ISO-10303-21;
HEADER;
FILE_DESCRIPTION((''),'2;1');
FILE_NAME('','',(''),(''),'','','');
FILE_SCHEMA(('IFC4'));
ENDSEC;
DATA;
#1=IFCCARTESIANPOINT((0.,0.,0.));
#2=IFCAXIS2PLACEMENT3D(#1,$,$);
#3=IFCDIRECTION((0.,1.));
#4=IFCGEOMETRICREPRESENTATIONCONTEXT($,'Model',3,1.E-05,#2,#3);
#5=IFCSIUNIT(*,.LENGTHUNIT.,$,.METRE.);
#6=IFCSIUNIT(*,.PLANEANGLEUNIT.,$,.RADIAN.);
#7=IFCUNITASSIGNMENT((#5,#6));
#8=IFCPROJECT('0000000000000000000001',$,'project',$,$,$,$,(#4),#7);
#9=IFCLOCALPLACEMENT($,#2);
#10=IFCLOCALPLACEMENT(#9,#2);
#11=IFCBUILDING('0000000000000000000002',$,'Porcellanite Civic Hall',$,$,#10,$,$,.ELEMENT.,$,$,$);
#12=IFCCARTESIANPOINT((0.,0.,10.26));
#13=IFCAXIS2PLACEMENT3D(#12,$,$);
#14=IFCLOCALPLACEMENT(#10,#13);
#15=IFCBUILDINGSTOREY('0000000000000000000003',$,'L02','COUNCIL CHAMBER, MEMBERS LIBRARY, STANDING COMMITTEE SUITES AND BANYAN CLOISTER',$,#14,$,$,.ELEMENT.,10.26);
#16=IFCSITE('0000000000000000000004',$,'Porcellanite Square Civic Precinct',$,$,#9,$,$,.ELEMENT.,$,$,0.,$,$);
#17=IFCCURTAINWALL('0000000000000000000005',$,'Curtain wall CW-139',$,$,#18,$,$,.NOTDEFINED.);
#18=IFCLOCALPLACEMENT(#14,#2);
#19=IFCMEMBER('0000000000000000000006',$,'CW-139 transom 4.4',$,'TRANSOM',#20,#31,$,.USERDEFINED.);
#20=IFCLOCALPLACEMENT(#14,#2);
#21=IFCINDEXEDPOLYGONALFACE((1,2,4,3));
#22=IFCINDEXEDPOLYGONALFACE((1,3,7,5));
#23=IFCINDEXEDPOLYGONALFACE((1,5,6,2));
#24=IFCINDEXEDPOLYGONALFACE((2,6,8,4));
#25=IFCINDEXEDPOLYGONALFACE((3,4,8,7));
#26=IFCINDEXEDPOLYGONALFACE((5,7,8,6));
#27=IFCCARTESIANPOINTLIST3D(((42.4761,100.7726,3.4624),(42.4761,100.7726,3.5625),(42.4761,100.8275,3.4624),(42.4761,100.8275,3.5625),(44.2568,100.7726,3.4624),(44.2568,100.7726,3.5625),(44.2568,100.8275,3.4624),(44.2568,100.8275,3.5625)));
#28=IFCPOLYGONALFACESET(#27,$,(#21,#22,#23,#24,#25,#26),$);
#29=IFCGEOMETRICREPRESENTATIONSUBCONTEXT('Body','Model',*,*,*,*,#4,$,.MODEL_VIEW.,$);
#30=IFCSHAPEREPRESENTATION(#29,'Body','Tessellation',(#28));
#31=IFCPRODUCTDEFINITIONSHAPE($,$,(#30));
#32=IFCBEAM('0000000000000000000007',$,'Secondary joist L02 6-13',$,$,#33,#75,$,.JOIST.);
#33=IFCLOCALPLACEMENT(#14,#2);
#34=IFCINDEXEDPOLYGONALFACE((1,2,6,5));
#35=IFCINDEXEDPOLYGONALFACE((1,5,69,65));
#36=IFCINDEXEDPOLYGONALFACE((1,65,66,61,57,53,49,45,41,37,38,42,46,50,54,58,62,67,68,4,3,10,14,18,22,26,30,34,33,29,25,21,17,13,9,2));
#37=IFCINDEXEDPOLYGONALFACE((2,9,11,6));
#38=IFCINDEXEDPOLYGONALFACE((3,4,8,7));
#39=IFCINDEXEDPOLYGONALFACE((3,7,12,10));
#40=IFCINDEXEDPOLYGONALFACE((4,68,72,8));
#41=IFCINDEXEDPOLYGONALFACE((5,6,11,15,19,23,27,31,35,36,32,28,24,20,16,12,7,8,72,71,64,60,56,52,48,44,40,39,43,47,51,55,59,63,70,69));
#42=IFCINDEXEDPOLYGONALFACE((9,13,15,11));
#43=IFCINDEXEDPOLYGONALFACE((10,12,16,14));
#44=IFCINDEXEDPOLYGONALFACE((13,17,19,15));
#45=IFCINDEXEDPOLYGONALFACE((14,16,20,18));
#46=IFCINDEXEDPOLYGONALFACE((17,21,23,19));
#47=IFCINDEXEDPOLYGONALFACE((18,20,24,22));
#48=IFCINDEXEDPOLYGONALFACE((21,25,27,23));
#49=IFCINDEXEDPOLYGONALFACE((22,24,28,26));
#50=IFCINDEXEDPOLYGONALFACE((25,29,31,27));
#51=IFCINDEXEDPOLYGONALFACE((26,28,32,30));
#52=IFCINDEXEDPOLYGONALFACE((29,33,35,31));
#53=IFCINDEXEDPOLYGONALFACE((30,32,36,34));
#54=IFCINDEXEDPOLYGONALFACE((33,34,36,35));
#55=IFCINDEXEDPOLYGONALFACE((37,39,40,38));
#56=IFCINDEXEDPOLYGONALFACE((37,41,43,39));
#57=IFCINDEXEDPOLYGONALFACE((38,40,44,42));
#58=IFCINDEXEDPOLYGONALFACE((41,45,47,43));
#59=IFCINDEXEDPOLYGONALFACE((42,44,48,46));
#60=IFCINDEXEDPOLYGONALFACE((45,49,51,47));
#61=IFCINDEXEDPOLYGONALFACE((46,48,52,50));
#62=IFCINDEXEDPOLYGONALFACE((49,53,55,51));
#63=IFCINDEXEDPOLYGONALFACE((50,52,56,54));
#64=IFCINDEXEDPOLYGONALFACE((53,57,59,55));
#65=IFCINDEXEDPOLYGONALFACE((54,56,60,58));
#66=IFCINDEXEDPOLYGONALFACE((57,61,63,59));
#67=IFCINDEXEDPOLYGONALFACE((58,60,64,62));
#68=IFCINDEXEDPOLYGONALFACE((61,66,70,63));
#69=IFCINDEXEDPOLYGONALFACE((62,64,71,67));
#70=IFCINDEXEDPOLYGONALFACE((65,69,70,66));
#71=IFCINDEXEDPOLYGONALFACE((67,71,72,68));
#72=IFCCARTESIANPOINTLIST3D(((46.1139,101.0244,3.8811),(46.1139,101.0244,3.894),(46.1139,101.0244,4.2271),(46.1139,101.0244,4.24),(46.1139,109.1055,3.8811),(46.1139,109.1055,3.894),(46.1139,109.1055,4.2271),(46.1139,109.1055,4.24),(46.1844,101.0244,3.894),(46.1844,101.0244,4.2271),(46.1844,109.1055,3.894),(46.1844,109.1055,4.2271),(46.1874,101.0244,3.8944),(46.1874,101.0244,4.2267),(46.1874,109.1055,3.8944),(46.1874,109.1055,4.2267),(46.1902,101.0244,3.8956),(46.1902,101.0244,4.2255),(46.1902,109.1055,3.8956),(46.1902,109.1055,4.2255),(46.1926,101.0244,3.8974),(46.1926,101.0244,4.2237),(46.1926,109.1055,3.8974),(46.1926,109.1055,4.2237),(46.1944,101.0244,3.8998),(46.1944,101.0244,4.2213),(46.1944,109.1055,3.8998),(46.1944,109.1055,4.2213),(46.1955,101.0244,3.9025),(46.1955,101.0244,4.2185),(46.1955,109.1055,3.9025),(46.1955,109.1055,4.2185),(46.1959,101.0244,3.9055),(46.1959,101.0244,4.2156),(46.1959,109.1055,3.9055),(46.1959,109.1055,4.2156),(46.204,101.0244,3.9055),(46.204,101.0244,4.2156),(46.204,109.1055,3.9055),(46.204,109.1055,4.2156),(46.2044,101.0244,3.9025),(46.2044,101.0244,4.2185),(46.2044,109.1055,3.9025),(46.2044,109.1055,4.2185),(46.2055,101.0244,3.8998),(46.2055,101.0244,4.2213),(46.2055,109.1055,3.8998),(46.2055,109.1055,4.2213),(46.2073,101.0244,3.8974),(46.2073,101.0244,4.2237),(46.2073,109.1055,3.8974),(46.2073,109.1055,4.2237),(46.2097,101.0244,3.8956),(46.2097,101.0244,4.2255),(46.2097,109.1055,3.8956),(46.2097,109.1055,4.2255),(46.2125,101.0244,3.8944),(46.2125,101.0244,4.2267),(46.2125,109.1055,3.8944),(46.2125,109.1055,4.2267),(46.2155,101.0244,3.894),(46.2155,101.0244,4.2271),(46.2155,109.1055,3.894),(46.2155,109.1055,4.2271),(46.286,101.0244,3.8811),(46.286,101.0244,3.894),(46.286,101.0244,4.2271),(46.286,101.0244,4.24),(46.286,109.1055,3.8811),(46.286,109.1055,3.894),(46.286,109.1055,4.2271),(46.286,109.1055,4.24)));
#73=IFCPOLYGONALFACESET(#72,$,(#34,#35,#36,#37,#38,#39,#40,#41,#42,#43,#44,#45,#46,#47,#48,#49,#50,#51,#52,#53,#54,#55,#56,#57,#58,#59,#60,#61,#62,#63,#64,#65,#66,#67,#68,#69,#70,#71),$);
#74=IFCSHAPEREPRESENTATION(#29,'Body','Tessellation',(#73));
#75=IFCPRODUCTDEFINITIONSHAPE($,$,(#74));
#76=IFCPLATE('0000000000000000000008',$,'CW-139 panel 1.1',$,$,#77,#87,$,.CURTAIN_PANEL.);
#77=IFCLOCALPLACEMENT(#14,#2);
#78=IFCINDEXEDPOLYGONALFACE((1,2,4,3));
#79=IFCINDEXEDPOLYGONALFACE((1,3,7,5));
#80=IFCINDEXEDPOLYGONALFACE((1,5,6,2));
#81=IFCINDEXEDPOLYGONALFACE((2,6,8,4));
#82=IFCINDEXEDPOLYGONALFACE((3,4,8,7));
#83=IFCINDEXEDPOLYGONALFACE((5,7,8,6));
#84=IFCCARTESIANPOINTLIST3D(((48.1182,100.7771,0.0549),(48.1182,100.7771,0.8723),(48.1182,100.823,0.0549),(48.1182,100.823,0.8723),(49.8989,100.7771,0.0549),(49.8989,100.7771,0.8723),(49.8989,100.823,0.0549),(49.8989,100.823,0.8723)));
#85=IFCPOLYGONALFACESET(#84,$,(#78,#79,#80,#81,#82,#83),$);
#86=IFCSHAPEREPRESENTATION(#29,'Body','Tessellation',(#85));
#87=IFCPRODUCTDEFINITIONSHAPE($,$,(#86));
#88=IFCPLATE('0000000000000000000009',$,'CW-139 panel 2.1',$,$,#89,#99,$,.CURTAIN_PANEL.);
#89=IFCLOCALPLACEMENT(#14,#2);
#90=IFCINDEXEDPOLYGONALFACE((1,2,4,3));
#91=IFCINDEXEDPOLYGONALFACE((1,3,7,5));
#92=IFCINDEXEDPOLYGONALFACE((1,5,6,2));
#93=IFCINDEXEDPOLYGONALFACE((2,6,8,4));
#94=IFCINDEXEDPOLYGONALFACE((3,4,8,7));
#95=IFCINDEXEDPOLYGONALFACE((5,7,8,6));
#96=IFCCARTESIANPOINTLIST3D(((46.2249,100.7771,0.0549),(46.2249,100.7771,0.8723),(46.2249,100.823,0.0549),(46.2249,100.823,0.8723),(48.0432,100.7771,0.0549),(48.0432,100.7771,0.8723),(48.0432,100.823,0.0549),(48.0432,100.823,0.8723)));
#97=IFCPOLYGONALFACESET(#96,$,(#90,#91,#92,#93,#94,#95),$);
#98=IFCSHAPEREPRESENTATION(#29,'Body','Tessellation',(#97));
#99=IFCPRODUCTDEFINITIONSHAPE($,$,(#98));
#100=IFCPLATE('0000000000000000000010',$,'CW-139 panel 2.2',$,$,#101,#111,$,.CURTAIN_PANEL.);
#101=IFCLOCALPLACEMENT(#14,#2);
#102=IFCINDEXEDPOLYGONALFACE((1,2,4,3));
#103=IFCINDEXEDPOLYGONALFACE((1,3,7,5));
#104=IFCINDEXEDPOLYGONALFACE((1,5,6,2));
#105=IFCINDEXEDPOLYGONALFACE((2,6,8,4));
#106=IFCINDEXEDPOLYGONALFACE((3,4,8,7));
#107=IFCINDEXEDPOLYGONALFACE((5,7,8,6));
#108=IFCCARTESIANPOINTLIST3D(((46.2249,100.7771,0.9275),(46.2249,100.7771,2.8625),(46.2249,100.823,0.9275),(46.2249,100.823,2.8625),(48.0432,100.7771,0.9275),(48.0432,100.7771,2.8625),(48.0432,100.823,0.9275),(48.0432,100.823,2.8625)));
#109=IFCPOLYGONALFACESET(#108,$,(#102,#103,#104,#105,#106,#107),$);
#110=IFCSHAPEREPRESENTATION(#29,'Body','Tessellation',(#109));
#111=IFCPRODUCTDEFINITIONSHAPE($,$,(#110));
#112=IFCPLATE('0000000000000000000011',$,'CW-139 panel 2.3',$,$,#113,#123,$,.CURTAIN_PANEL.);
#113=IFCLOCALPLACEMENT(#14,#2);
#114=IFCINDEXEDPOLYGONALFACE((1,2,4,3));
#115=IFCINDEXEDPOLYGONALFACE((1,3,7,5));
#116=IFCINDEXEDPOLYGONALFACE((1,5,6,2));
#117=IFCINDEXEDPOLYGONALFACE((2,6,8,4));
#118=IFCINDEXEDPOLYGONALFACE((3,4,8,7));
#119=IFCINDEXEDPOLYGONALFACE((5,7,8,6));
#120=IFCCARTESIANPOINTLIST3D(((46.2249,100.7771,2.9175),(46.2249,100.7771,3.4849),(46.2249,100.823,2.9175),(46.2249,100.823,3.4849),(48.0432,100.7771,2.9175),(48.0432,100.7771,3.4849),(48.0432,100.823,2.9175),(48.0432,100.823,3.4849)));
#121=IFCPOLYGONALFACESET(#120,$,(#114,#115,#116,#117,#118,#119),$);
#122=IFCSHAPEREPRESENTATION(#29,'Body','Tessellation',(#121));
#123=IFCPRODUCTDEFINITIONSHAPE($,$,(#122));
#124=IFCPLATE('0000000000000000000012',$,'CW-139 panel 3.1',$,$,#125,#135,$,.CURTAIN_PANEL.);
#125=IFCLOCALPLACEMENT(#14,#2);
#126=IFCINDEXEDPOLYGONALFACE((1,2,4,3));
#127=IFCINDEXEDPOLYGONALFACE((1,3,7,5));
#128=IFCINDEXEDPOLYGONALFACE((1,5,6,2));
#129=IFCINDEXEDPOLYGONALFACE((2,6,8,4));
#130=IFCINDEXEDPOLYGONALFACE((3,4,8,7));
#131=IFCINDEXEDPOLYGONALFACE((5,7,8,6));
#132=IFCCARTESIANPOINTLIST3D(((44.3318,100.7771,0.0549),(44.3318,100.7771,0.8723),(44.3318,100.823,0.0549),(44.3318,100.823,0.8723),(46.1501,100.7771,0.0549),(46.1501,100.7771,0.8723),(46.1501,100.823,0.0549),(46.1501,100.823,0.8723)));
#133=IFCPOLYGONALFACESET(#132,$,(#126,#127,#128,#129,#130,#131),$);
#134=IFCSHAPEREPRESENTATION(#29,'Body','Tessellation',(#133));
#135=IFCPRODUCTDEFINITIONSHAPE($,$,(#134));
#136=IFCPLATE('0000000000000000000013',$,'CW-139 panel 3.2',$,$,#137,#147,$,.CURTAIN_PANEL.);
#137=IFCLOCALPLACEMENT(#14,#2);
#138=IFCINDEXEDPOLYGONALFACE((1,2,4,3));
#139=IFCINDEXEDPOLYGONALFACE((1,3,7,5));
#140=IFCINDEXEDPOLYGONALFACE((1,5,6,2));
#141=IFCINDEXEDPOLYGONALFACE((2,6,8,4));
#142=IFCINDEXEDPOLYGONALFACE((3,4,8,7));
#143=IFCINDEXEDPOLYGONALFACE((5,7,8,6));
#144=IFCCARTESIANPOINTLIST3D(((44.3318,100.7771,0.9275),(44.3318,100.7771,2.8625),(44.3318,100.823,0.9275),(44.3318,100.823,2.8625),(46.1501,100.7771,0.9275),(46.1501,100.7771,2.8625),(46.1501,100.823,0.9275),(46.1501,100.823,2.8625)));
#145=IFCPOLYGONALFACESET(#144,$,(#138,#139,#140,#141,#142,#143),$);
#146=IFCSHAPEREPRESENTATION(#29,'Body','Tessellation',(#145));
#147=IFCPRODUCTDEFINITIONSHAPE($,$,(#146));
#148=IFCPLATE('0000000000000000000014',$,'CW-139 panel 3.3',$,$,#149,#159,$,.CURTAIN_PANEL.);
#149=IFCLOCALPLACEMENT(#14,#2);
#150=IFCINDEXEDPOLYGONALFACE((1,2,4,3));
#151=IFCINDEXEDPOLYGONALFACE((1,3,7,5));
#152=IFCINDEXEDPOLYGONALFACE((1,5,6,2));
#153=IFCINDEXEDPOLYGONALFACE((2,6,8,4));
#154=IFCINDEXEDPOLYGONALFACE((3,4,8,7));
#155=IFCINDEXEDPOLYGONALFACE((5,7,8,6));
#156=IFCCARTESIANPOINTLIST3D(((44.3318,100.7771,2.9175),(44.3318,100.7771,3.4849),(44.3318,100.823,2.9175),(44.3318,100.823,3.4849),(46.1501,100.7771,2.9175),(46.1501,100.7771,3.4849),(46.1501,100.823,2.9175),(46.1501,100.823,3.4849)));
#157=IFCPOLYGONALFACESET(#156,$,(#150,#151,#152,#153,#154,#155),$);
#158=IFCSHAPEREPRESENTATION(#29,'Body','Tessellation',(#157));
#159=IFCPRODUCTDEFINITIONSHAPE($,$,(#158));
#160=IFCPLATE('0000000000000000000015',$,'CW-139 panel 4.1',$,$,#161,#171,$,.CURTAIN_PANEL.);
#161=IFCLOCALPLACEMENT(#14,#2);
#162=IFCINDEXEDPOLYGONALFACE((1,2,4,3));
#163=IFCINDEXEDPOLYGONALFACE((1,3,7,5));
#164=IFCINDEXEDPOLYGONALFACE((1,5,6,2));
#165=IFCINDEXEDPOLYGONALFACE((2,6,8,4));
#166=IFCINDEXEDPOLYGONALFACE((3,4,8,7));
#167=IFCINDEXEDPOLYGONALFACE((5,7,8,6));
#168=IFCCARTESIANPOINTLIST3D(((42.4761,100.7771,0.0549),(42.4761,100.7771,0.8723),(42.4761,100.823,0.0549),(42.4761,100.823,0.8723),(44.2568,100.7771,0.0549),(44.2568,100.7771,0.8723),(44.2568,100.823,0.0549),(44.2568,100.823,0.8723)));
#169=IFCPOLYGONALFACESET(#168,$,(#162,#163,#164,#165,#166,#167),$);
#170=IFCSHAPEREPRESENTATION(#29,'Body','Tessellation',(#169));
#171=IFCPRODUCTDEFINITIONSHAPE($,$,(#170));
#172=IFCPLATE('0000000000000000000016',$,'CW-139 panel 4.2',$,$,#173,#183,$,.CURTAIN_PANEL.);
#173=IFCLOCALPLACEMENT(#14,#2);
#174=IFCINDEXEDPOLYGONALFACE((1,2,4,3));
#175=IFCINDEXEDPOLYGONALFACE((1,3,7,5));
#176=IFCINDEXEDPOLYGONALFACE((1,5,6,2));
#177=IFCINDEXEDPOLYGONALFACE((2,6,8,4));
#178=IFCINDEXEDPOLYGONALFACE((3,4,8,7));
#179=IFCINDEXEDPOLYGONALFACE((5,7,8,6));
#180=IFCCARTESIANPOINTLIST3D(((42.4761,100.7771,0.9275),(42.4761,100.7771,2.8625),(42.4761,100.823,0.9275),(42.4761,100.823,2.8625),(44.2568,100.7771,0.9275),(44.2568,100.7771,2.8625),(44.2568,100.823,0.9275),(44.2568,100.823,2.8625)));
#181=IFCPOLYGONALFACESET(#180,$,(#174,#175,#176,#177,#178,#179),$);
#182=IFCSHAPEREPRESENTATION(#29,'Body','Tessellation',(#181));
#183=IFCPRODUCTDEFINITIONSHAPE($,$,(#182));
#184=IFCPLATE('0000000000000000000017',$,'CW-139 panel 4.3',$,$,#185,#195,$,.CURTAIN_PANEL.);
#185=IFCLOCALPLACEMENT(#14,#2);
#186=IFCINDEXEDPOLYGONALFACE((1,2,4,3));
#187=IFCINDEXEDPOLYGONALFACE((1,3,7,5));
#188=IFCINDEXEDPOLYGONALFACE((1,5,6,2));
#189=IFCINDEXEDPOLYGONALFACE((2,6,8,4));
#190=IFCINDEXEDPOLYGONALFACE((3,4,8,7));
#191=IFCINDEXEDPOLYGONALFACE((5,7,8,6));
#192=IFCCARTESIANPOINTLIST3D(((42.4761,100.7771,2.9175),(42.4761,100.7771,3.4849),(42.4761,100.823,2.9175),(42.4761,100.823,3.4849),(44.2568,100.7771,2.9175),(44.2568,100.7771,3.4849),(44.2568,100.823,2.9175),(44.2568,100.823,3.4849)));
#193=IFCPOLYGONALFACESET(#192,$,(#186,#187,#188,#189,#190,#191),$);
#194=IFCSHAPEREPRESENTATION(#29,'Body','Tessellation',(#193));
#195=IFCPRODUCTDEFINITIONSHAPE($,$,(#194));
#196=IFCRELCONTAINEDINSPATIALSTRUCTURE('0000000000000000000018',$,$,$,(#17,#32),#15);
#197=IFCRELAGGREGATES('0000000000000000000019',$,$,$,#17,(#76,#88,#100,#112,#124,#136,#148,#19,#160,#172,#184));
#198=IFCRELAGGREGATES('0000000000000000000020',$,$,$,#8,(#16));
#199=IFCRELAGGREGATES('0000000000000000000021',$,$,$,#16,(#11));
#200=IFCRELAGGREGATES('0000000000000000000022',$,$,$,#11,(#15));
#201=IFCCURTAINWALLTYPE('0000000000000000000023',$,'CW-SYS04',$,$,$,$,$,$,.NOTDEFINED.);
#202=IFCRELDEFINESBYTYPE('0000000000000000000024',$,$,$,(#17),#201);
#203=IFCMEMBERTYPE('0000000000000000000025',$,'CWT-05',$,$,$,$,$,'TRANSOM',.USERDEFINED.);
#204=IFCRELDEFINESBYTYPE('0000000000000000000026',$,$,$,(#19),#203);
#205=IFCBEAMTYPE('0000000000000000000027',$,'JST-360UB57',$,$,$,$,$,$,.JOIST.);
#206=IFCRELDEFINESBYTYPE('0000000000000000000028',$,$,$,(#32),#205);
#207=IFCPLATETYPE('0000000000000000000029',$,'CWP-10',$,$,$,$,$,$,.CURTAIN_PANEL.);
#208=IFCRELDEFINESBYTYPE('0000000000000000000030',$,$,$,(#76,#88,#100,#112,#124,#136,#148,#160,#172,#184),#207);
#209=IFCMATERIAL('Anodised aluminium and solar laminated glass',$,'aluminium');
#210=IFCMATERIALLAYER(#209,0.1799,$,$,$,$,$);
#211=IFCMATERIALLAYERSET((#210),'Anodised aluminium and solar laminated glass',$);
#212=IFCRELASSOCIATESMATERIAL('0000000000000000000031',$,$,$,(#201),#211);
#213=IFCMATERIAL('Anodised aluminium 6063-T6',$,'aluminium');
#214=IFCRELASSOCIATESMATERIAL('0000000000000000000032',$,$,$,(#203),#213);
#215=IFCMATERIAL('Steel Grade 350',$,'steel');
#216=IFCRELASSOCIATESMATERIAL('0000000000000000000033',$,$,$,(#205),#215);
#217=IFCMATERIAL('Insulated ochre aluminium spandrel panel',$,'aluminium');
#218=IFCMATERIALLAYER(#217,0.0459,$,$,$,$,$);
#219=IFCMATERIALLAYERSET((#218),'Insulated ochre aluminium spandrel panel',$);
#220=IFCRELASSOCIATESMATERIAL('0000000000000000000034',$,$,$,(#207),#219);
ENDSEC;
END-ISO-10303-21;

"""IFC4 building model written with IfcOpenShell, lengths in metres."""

from ifc_helpers import new_model, si_unit, direction, frame, origin, origin_2d, place, context, subcontext, project, spatial, rectangle, i_section, extrude, material, layer, layer_set, material_profile, profile_set, type_object, element, aggregate, save


model = new_model("IFC4")

# Units and contexts
model_context = context("Model", 3, precision=1e-05, world=origin(), true_north=direction((0.0, 1.0)))
body_context = subcontext(model_context, "Body", "Model", "MODEL_VIEW")
ifc_project = project(units=[si_unit("LENGTHUNIT", "METRE"), si_unit("PLANEANGLEUNIT", "RADIAN")], contexts=[model_context])

# Site, building, storey
site_placement = place(None, origin())
site = spatial("IfcSite", under=ifc_project, at=site_placement, Name="Porcellanite Square Civic Precinct", CompositionType="ELEMENT", RefElevation=0.0)
building_placement = place(site_placement, origin())
building = spatial("IfcBuilding", under=site, at=building_placement, Name="Porcellanite Civic Hall", CompositionType="ELEMENT")
storey_placement = place(building_placement, frame((0.0, 0.0, 10.26)))
storey = spatial("IfcBuildingStorey", under=building, at=storey_placement, Name="L02", Description="COUNCIL CHAMBER, MEMBERS LIBRARY, STANDING COMMITTEE SUITES AND BANYAN CLOISTER", CompositionType="ELEMENT", Elevation=10.26)

# Curtain wall, member
ifc_material_1 = material(Name="Anodised aluminium and solar laminated glass", Category="aluminium")
ifc_layer_1 = layer(ifc_material_1, 0.1799)
ifc_layer_set_1 = layer_set([ifc_layer_1], Name="Anodised aluminium and solar laminated glass")
curtain_wall_type = type_object("IfcCurtainWallType", Name="CW-SYS04", PredefinedType="NOTDEFINED", material=ifc_layer_set_1)
curtain_wall_placement = place(storey_placement, origin())
curtain_wall = element("IfcCurtainWall", 1, at=curtain_wall_placement, inside=storey, type_object=curtain_wall_type, Name="Curtain wall CW-139", PredefinedType="NOTDEFINED")
ifc_material_2 = material(Name="Anodised aluminium 6063-T6", Category="aluminium")
ifc_material_profile_1 = material_profile(ifc_material_2, rectangle(XDim=0.0549, YDim=0.1001, at=origin_2d()), Name="AL-55x100")
ifc_profile_set_1 = profile_set([ifc_material_profile_1], Name="Anodised aluminium 6063-T6")
member_type_1 = type_object("IfcMemberType", Name="CWT-05", ElementType="TRANSOM", PredefinedType="USERDEFINED", material=ifc_profile_set_1)
member_1_placement = place(storey_placement, frame((44.2568, 100.8, 3.5125), z_axis=(-1.0, 0.0, 0.0), x_axis=(0.0, -1.0, 0.0)))
member_1 = element("IfcMember", 2, at=member_1_placement, type_object=member_type_1, Name="CW-139 transom 4.4", ObjectType="TRANSOM", PredefinedType="USERDEFINED", context=body_context, shape_type="SweptSolid", body=[
    extrude(rectangle(XDim=0.0549, YDim=0.1001, at=origin_2d()), origin(), (0.0, 0.0, 1.0), 1.7808),
])

# Beam
ifc_material_3 = material(Name="Steel Grade 350", Category="steel")
ifc_material_profile_2 = material_profile(ifc_material_3, i_section(OverallWidth=0.1721, OverallDepth=0.3589, WebThickness=0.0081, FlangeThickness=0.0129, FilletRadius=0.0115, at=origin_2d()), Name="360UB56.7")
ifc_profile_set_2 = profile_set([ifc_material_profile_2], Name="Steel Grade 350")
beam_type = type_object("IfcBeamType", Name="JST-360UB57", PredefinedType="JOIST", material=ifc_profile_set_2)
beam_placement = place(storey_placement, frame((46.2, 101.0244, 4.0605), z_axis=(0.0, 1.0, 0.0), x_axis=(-1.0, 0.0, 0.0)))
element("IfcBeam", 3, at=beam_placement, inside=storey, type_object=beam_type, Name="Secondary joist L02 6-13", PredefinedType="JOIST", context=body_context, shape_type="SweptSolid", body=[
    extrude(i_section(OverallWidth=0.1721, OverallDepth=0.3589, WebThickness=0.0081, FlangeThickness=0.0129, FilletRadius=0.0115, at=origin_2d()), origin(), (0.0, 0.0, 1.0), 8.0811),
])

# Plates
ifc_material_4 = material(Name="Insulated ochre aluminium spandrel panel", Category="aluminium")
ifc_layer_2 = layer(ifc_material_4, 0.0459)
ifc_layer_set_2 = layer_set([ifc_layer_2], Name="Insulated ochre aluminium spandrel panel")
plate_type = type_object("IfcPlateType", Name="CWP-10", PredefinedType="CURTAIN_PANEL", material=ifc_layer_set_2)
plate_1_placement = place(storey_placement, frame((49.0085, 100.8, 0.0549), z_axis=(0.0, 0.0, 1.0), x_axis=(-1.0, 0.0, 0.0)))
plate_1 = element("IfcPlate", 4, at=plate_1_placement, type_object=plate_type, Name="CW-139 panel 1.1", PredefinedType="CURTAIN_PANEL", context=body_context, shape_type="SweptSolid", body=[
    extrude(rectangle(XDim=1.7808, YDim=0.0459, at=origin_2d()), origin(), (0.0, 0.0, 1.0), 0.8174),
])
plate_2_placement = place(storey_placement, frame((47.134, 100.8, 0.0549), z_axis=(0.0, 0.0, 1.0), x_axis=(-1.0, 0.0, 0.0)))
plate_2 = element("IfcPlate", 5, at=plate_2_placement, type_object=plate_type, Name="CW-139 panel 2.1", PredefinedType="CURTAIN_PANEL", context=body_context, shape_type="SweptSolid", body=[
    extrude(rectangle(XDim=1.8184, YDim=0.0459, at=origin_2d()), origin(), (0.0, 0.0, 1.0), 0.8174),
])
plate_3_placement = place(storey_placement, frame((47.134, 100.8, 0.9275), z_axis=(0.0, 0.0, 1.0), x_axis=(-1.0, 0.0, 0.0)))
plate_3 = element("IfcPlate", 6, at=plate_3_placement, type_object=plate_type, Name="CW-139 panel 2.2", PredefinedType="CURTAIN_PANEL", context=body_context, shape_type="SweptSolid", body=[
    extrude(rectangle(XDim=1.8184, YDim=0.0459, at=origin_2d()), origin(), (0.0, 0.0, 1.0), 1.9351),
])
plate_4_placement = place(storey_placement, frame((47.134, 100.8, 2.9175), z_axis=(0.0, 0.0, 1.0), x_axis=(-1.0, 0.0, 0.0)))
plate_4 = element("IfcPlate", 7, at=plate_4_placement, type_object=plate_type, Name="CW-139 panel 2.3", PredefinedType="CURTAIN_PANEL", context=body_context, shape_type="SweptSolid", body=[
    extrude(rectangle(XDim=1.8184, YDim=0.0459, at=origin_2d()), origin(), (0.0, 0.0, 1.0), 0.5674),
])
plate_5_placement = place(storey_placement, frame((45.241, 100.8, 0.0549), z_axis=(0.0, 0.0, 1.0), x_axis=(-1.0, 0.0, 0.0)))
plate_5 = element("IfcPlate", 8, at=plate_5_placement, type_object=plate_type, Name="CW-139 panel 3.1", PredefinedType="CURTAIN_PANEL", context=body_context, shape_type="SweptSolid", body=[
    extrude(rectangle(XDim=1.8184, YDim=0.0459, at=origin_2d()), origin(), (0.0, 0.0, 1.0), 0.8174),
])
plate_6_placement = place(storey_placement, frame((45.241, 100.8, 0.9275), z_axis=(0.0, 0.0, 1.0), x_axis=(-1.0, 0.0, 0.0)))
plate_6 = element("IfcPlate", 9, at=plate_6_placement, type_object=plate_type, Name="CW-139 panel 3.2", PredefinedType="CURTAIN_PANEL", context=body_context, shape_type="SweptSolid", body=[
    extrude(rectangle(XDim=1.8184, YDim=0.0459, at=origin_2d()), origin(), (0.0, 0.0, 1.0), 1.9351),
])
plate_7_placement = place(storey_placement, frame((45.241, 100.8, 2.9175), z_axis=(0.0, 0.0, 1.0), x_axis=(-1.0, 0.0, 0.0)))
plate_7 = element("IfcPlate", 10, at=plate_7_placement, type_object=plate_type, Name="CW-139 panel 3.3", PredefinedType="CURTAIN_PANEL", context=body_context, shape_type="SweptSolid", body=[
    extrude(rectangle(XDim=1.8184, YDim=0.0459, at=origin_2d()), origin(), (0.0, 0.0, 1.0), 0.5674),
])
plate_8_placement = place(storey_placement, frame((43.3665, 100.8, 0.0549), z_axis=(0.0, 0.0, 1.0), x_axis=(-1.0, 0.0, 0.0)))
plate_8 = element("IfcPlate", 11, at=plate_8_placement, type_object=plate_type, Name="CW-139 panel 4.1", PredefinedType="CURTAIN_PANEL", context=body_context, shape_type="SweptSolid", body=[
    extrude(rectangle(XDim=1.7808, YDim=0.0459, at=origin_2d()), origin(), (0.0, 0.0, 1.0), 0.8174),
])
plate_9_placement = place(storey_placement, frame((43.3665, 100.8, 0.9275), z_axis=(0.0, 0.0, 1.0), x_axis=(-1.0, 0.0, 0.0)))
plate_9 = element("IfcPlate", 12, at=plate_9_placement, type_object=plate_type, Name="CW-139 panel 4.2", PredefinedType="CURTAIN_PANEL", context=body_context, shape_type="SweptSolid", body=[
    extrude(rectangle(XDim=1.7808, YDim=0.0459, at=origin_2d()), origin(), (0.0, 0.0, 1.0), 1.9351),
])
plate_10_placement = place(storey_placement, frame((43.3665, 100.8, 2.9175), z_axis=(0.0, 0.0, 1.0), x_axis=(-1.0, 0.0, 0.0)))
plate_10 = element("IfcPlate", 13, at=plate_10_placement, type_object=plate_type, Name="CW-139 panel 4.3", PredefinedType="CURTAIN_PANEL", context=body_context, shape_type="SweptSolid", body=[
    extrude(rectangle(XDim=1.7808, YDim=0.0459, at=origin_2d()), origin(), (0.0, 0.0, 1.0), 0.5674),
])
aggregate(curtain_wall, [plate_1, plate_2, plate_3, plate_4, plate_5, plate_6, plate_7, member_1, plate_8, plate_9, plate_10])

save(model, "model.ifc")
